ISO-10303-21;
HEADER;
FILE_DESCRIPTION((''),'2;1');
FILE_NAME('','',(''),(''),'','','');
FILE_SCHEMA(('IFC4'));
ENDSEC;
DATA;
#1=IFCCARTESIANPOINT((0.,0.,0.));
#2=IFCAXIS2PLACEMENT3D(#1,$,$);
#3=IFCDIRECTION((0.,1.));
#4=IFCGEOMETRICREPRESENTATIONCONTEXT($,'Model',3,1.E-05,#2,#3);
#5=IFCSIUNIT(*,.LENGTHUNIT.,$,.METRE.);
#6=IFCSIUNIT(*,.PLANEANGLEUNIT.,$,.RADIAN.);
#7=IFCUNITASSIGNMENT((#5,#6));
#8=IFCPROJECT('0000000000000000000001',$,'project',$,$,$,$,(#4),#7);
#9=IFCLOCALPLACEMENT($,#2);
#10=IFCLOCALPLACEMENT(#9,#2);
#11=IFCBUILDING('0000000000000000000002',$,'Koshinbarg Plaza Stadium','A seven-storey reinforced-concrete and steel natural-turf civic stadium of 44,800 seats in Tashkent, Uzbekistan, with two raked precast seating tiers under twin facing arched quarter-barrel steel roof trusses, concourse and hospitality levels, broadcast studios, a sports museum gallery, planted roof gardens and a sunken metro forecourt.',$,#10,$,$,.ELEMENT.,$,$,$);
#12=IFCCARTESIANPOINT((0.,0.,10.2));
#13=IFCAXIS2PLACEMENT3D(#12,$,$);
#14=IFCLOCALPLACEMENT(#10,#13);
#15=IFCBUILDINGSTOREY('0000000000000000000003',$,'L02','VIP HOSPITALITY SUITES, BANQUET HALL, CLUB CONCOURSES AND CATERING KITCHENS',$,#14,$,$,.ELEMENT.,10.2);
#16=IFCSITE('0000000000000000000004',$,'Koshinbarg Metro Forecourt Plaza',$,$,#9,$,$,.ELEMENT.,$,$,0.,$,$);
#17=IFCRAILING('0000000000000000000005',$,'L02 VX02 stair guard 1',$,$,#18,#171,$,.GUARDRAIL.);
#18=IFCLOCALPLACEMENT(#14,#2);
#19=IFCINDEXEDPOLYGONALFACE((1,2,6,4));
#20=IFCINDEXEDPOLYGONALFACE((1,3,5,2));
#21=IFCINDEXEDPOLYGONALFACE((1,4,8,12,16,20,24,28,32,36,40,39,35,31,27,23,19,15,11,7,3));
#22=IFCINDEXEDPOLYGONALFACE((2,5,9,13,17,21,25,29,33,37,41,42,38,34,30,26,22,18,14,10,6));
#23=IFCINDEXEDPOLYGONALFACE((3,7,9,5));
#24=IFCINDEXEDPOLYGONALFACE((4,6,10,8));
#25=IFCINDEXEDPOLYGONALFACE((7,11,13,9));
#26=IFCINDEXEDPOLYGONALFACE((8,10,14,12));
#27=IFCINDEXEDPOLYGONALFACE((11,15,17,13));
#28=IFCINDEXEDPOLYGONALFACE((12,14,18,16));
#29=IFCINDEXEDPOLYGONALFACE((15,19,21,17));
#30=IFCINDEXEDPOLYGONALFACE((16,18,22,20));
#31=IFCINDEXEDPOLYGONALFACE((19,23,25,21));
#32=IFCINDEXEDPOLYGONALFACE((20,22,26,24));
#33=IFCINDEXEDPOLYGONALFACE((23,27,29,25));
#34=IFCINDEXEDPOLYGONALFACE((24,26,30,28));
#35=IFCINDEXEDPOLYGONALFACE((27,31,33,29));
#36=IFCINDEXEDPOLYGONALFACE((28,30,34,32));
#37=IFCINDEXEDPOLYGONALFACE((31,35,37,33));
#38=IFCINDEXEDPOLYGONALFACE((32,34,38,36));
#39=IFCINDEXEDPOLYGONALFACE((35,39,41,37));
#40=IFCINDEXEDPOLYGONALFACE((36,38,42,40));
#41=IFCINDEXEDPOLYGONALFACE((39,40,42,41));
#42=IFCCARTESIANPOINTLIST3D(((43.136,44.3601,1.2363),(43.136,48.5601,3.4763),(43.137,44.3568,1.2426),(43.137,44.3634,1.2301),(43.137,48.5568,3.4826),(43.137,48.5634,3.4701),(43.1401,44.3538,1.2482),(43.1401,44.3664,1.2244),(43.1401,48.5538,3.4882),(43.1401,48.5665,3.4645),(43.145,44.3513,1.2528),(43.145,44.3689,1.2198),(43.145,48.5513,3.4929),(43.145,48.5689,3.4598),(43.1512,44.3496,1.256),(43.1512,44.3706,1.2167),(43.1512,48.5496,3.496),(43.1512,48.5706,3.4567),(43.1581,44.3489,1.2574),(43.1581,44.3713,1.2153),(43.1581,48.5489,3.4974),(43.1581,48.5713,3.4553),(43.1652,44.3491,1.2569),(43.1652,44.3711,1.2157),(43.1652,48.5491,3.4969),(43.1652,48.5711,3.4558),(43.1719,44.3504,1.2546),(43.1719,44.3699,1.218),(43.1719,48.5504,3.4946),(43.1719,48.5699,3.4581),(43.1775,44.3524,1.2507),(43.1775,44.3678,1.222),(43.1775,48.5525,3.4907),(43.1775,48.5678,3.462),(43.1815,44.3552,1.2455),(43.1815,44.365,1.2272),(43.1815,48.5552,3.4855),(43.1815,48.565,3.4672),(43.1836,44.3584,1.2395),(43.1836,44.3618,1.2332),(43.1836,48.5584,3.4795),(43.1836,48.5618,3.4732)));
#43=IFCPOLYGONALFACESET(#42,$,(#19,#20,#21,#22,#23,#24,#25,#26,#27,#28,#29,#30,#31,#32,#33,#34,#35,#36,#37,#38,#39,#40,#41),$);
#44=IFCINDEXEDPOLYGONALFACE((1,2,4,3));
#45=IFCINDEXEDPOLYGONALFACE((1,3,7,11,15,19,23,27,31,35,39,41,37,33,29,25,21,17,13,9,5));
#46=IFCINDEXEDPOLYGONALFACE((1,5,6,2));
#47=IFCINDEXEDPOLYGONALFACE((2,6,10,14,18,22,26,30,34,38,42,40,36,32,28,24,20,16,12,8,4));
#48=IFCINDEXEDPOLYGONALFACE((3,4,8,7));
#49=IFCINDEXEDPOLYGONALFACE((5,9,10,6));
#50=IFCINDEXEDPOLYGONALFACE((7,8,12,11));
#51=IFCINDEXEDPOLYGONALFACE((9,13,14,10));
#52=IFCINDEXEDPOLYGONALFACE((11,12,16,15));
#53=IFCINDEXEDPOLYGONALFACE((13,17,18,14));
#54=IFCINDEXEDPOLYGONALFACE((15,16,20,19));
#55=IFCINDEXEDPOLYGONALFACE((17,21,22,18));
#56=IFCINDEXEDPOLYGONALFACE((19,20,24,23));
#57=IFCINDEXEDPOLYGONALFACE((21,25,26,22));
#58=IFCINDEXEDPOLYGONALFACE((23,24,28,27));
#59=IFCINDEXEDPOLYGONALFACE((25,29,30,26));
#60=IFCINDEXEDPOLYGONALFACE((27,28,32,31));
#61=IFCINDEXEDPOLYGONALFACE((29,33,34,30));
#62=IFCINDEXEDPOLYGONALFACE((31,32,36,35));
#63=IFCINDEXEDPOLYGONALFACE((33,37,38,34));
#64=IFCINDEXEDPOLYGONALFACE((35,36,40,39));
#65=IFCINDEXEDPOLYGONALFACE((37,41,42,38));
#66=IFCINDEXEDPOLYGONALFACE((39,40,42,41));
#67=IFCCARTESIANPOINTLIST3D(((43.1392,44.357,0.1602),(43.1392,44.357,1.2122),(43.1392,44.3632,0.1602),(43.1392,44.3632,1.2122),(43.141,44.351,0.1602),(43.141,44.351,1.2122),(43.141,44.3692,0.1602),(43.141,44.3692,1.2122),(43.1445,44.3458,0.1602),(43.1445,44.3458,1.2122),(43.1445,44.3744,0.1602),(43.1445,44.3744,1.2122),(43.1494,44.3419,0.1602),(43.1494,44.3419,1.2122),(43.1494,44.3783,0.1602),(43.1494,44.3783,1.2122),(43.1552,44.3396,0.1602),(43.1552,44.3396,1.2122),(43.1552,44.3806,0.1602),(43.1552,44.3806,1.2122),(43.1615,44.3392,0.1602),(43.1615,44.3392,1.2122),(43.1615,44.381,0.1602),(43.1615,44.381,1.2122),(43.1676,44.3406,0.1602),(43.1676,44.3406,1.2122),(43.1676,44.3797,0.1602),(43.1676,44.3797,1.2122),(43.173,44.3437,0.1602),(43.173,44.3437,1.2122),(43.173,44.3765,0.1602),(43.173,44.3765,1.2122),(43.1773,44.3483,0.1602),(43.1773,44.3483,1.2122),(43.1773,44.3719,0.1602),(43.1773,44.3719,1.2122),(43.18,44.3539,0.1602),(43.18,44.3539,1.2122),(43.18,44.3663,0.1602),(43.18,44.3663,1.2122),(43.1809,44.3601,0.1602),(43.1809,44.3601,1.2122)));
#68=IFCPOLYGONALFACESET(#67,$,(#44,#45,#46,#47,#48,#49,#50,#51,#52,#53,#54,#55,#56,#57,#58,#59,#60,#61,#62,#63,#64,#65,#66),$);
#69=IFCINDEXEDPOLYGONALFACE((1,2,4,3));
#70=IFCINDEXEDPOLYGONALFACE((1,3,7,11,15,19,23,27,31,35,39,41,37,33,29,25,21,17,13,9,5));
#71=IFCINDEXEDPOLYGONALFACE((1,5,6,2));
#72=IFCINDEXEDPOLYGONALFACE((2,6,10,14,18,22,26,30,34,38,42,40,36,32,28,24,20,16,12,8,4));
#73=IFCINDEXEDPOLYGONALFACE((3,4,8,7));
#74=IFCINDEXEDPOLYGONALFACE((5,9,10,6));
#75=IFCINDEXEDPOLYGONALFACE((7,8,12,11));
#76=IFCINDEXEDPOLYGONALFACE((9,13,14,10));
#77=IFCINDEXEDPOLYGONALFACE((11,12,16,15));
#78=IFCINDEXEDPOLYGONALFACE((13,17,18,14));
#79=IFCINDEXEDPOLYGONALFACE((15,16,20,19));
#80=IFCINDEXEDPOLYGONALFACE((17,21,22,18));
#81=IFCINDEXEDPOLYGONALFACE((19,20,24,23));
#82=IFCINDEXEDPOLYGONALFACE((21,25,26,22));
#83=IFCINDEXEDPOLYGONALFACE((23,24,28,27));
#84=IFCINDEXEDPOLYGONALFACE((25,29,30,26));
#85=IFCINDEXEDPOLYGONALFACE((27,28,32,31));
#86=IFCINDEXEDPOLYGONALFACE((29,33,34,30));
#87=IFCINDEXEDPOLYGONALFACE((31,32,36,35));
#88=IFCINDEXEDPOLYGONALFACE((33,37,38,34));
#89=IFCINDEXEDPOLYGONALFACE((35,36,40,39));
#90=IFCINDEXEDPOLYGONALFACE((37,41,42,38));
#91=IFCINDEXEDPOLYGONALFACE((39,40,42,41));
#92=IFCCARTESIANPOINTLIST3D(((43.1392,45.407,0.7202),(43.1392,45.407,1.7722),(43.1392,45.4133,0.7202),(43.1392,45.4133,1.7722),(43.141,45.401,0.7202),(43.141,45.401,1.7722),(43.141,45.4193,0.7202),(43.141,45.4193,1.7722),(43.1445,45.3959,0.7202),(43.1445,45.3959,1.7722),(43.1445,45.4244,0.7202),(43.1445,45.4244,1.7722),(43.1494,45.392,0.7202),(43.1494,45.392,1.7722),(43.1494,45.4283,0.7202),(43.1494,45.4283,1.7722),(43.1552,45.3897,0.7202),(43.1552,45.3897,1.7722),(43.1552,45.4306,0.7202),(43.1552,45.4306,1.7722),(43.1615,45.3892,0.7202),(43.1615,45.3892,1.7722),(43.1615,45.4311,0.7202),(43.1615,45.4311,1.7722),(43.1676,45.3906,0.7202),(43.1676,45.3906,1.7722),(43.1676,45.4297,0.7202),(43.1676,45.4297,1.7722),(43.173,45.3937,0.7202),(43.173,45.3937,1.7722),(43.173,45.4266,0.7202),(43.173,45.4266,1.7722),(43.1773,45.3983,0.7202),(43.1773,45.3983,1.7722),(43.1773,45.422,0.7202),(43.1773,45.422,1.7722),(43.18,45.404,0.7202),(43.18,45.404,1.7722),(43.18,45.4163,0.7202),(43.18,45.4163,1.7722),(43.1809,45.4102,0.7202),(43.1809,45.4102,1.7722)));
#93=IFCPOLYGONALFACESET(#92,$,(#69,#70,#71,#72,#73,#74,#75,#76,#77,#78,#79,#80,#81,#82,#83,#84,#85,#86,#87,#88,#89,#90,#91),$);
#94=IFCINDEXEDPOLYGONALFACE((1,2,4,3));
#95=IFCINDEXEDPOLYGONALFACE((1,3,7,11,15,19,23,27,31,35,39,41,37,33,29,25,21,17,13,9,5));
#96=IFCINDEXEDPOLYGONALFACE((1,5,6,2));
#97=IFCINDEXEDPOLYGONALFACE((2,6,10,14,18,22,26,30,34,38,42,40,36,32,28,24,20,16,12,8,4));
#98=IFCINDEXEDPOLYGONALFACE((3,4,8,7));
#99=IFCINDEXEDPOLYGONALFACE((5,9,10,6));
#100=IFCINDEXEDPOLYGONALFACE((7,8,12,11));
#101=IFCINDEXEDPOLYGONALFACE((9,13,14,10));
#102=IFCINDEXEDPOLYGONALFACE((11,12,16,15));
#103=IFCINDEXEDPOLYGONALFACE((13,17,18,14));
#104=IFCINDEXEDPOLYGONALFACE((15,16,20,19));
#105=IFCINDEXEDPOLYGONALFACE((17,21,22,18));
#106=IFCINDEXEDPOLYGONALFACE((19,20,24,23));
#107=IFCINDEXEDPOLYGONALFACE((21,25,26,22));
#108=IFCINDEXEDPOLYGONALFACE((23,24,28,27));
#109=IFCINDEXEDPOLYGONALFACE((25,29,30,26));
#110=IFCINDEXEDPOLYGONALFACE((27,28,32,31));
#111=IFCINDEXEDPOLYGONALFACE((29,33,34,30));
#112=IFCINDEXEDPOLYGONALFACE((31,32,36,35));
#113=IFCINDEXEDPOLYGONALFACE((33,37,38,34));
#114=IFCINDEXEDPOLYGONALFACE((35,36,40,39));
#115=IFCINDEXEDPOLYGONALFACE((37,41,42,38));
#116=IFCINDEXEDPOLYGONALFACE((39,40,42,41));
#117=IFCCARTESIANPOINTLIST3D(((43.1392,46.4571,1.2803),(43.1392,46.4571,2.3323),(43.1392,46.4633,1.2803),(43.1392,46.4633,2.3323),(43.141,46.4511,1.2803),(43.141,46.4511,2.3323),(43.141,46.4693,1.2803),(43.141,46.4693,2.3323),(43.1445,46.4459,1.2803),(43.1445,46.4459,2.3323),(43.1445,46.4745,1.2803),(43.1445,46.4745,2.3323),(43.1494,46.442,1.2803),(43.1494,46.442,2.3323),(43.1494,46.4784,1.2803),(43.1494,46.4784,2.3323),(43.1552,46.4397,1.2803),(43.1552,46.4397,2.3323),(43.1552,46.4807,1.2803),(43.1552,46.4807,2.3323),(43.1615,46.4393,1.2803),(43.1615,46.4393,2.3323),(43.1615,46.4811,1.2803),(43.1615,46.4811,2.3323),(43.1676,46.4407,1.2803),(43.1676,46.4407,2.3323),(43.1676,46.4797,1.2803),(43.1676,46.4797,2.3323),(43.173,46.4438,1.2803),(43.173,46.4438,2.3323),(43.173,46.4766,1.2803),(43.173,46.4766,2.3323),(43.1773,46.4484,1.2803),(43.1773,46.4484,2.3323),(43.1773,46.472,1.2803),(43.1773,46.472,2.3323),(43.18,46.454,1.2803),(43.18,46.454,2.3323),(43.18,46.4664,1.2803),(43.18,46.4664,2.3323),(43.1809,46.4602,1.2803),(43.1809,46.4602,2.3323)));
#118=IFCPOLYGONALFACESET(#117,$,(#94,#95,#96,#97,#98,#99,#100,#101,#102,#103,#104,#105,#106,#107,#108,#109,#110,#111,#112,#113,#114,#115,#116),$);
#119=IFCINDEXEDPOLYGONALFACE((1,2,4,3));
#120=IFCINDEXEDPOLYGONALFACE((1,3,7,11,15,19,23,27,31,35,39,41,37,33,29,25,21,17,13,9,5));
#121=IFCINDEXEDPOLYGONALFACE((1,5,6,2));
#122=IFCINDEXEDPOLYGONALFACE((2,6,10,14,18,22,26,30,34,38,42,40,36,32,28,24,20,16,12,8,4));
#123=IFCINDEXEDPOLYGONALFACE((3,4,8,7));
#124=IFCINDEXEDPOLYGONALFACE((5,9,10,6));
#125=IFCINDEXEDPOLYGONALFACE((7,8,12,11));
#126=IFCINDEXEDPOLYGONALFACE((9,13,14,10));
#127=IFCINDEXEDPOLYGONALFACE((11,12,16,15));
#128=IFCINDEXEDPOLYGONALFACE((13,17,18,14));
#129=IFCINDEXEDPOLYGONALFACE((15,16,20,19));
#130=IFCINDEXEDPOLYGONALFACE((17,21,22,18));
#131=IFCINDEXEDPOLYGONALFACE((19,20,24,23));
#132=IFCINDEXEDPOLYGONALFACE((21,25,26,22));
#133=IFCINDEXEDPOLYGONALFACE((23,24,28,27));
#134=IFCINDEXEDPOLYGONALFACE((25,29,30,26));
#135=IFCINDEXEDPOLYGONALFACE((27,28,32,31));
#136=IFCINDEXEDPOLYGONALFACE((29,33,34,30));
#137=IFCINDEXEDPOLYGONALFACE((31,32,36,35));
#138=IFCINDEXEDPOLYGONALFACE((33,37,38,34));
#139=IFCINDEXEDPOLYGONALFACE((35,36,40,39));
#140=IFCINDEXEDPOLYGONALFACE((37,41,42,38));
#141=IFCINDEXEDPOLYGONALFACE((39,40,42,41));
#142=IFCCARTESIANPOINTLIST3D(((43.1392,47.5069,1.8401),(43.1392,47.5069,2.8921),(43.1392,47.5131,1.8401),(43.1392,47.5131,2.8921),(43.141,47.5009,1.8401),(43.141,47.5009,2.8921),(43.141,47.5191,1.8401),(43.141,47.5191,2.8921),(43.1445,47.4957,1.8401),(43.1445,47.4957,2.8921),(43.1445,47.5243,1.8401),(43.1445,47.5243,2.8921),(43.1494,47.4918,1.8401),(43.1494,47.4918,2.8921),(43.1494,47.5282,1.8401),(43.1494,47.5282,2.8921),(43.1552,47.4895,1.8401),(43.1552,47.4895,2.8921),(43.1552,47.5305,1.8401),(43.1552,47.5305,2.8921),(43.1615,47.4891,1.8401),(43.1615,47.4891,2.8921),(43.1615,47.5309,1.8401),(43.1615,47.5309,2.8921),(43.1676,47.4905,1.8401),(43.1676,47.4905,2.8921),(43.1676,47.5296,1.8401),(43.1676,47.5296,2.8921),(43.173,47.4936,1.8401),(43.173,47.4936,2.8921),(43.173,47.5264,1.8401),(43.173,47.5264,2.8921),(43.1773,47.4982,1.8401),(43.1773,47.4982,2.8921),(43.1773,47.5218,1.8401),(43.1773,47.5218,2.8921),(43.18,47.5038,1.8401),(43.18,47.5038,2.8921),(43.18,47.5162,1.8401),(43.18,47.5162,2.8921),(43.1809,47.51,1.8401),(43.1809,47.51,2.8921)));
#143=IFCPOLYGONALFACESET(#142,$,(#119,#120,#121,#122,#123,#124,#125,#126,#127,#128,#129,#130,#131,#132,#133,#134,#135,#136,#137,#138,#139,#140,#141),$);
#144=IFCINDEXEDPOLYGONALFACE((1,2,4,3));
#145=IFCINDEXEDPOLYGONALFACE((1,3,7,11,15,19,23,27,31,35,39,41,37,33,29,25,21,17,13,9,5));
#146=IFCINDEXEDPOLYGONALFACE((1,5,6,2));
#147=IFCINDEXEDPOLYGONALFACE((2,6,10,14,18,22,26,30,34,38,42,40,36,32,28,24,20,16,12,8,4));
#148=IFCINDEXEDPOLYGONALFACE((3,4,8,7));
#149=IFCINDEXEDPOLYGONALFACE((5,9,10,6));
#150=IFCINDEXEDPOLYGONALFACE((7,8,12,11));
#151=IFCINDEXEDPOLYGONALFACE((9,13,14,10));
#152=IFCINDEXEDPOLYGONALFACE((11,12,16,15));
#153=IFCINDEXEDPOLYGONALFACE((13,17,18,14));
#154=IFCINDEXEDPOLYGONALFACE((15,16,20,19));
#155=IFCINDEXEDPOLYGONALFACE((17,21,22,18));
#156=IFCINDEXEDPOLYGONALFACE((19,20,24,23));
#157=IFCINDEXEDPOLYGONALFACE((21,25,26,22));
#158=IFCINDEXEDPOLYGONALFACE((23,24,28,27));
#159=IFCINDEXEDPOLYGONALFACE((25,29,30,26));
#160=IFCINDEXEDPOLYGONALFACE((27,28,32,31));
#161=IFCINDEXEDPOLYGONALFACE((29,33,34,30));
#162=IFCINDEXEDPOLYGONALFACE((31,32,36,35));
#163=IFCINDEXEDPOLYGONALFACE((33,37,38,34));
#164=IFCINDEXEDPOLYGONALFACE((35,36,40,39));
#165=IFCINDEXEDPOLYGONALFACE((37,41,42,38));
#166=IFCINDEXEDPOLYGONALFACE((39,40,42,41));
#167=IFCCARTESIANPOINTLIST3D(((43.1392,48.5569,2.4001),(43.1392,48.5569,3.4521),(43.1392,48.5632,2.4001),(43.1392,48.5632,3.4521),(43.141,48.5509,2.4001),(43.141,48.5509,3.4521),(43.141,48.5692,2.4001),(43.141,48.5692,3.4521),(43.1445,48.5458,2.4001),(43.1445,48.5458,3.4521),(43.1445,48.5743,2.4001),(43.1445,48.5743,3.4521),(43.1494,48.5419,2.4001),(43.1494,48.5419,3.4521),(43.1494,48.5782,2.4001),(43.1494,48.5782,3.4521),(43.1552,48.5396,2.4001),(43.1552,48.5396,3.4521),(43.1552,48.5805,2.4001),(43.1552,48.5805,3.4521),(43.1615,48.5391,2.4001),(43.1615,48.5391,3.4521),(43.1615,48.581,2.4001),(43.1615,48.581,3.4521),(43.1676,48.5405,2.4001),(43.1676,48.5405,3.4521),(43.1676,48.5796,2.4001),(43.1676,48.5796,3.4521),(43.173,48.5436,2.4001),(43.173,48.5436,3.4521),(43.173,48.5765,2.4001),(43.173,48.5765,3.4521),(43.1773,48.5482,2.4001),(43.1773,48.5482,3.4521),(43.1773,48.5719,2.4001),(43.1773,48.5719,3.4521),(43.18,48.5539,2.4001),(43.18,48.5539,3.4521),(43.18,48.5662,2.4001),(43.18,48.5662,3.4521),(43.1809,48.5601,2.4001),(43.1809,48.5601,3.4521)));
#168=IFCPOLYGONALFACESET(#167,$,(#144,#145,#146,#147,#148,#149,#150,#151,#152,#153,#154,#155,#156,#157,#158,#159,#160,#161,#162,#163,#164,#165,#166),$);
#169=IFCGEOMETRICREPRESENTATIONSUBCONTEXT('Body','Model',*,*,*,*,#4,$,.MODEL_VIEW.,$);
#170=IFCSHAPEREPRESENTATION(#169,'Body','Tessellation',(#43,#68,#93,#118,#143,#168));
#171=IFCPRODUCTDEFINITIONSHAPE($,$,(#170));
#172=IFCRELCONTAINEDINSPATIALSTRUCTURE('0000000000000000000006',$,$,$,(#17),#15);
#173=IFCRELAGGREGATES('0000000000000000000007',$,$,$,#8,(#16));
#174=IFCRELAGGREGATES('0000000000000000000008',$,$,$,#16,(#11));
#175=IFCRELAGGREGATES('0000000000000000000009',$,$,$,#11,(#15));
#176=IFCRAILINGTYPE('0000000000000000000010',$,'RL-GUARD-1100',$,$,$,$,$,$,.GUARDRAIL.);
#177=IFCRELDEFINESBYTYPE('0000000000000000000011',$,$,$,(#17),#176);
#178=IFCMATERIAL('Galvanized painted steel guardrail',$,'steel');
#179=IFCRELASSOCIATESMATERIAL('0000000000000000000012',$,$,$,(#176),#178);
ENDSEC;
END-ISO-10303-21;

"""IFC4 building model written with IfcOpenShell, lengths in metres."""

from ifc_helpers import new_model, si_unit, direction, frame, origin, origin_2d, place, context, subcontext, project, spatial, circle, extrude, material, type_object, element, save


model = new_model("IFC4")

# Units and contexts
model_context = context("Model", 3, precision=1e-05, world=origin(), true_north=direction((0.0, 1.0)))
body_context = subcontext(model_context, "Body", "Model", "MODEL_VIEW")
ifc_project = project(units=[si_unit("LENGTHUNIT", "METRE"), si_unit("PLANEANGLEUNIT", "RADIAN")], contexts=[model_context])

# Site, building, storey
site_placement = place(None, origin())
site = spatial("IfcSite", under=ifc_project, at=site_placement, Name="Koshinbarg Metro Forecourt Plaza", CompositionType="ELEMENT", RefElevation=0.0)
building_placement = place(site_placement, origin())
building = spatial("IfcBuilding", under=site, at=building_placement, Name="Koshinbarg Plaza Stadium", Description="A seven-storey reinforced-concrete and steel natural-turf civic stadium of 44,800 seats in Tashkent, Uzbekistan, with two raked precast seating tiers under twin facing arched quarter-barrel steel roof trusses, concourse and hospitality levels, broadcast studios, a sports museum gallery, planted roof gardens and a sunken metro forecourt.", CompositionType="ELEMENT")
storey_placement = place(building_placement, frame((0.0, 0.0, 10.2)))
storey = spatial("IfcBuildingStorey", under=building, at=storey_placement, Name="L02", Description="VIP HOSPITALITY SUITES, BANQUET HALL, CLUB CONCOURSES AND CATERING KITCHENS", CompositionType="ELEMENT", Elevation=10.2)

# Railing
ifc_material_1 = material(Name="Galvanized painted steel guardrail", Category="steel")
railing_type_1 = type_object("IfcRailingType", Name="RL-GUARD-1100", PredefinedType="GUARDRAIL", material=ifc_material_1)
railing_1_placement = place(storey_placement, frame((43.1599, 44.3601, 0.1602)))
element("IfcRailing", 1, at=railing_1_placement, inside=storey, type_object=railing_type_1, Name="L02 VX02 stair guard 1", PredefinedType="GUARDRAIL", context=body_context, shape_type="SweptSolid", body=[
    extrude(circle(Radius=0.0239, at=origin_2d()), frame((0.0, 0.0, 1.0762), z_axis=(0.0, 0.882352, 0.470591), x_axis=(-1.0, 0.0, 0.0)), (0.0, 0.0, 1.0), 4.76),
    extrude(circle(Radius=0.021, at=origin_2d()), origin(), (0.0, 0.0, 1.0), 1.052),
    extrude(circle(Radius=0.021, at=origin_2d()), frame((0.0, 1.05, 0.5601)), (0.0, 0.0, 1.0), 1.052),
    extrude(circle(Radius=0.021, at=origin_2d()), frame((0.0, 2.1001, 1.1201)), (0.0, 0.0, 1.0), 1.052),
    extrude(circle(Radius=0.021, at=origin_2d()), frame((0.0, 3.1499, 1.6799)), (0.0, 0.0, 1.0), 1.052),
    extrude(circle(Radius=0.021, at=origin_2d()), frame((0.0, 4.2, 2.24)), (0.0, 0.0, 1.0), 1.052),
])

save(model, "model.ifc")
